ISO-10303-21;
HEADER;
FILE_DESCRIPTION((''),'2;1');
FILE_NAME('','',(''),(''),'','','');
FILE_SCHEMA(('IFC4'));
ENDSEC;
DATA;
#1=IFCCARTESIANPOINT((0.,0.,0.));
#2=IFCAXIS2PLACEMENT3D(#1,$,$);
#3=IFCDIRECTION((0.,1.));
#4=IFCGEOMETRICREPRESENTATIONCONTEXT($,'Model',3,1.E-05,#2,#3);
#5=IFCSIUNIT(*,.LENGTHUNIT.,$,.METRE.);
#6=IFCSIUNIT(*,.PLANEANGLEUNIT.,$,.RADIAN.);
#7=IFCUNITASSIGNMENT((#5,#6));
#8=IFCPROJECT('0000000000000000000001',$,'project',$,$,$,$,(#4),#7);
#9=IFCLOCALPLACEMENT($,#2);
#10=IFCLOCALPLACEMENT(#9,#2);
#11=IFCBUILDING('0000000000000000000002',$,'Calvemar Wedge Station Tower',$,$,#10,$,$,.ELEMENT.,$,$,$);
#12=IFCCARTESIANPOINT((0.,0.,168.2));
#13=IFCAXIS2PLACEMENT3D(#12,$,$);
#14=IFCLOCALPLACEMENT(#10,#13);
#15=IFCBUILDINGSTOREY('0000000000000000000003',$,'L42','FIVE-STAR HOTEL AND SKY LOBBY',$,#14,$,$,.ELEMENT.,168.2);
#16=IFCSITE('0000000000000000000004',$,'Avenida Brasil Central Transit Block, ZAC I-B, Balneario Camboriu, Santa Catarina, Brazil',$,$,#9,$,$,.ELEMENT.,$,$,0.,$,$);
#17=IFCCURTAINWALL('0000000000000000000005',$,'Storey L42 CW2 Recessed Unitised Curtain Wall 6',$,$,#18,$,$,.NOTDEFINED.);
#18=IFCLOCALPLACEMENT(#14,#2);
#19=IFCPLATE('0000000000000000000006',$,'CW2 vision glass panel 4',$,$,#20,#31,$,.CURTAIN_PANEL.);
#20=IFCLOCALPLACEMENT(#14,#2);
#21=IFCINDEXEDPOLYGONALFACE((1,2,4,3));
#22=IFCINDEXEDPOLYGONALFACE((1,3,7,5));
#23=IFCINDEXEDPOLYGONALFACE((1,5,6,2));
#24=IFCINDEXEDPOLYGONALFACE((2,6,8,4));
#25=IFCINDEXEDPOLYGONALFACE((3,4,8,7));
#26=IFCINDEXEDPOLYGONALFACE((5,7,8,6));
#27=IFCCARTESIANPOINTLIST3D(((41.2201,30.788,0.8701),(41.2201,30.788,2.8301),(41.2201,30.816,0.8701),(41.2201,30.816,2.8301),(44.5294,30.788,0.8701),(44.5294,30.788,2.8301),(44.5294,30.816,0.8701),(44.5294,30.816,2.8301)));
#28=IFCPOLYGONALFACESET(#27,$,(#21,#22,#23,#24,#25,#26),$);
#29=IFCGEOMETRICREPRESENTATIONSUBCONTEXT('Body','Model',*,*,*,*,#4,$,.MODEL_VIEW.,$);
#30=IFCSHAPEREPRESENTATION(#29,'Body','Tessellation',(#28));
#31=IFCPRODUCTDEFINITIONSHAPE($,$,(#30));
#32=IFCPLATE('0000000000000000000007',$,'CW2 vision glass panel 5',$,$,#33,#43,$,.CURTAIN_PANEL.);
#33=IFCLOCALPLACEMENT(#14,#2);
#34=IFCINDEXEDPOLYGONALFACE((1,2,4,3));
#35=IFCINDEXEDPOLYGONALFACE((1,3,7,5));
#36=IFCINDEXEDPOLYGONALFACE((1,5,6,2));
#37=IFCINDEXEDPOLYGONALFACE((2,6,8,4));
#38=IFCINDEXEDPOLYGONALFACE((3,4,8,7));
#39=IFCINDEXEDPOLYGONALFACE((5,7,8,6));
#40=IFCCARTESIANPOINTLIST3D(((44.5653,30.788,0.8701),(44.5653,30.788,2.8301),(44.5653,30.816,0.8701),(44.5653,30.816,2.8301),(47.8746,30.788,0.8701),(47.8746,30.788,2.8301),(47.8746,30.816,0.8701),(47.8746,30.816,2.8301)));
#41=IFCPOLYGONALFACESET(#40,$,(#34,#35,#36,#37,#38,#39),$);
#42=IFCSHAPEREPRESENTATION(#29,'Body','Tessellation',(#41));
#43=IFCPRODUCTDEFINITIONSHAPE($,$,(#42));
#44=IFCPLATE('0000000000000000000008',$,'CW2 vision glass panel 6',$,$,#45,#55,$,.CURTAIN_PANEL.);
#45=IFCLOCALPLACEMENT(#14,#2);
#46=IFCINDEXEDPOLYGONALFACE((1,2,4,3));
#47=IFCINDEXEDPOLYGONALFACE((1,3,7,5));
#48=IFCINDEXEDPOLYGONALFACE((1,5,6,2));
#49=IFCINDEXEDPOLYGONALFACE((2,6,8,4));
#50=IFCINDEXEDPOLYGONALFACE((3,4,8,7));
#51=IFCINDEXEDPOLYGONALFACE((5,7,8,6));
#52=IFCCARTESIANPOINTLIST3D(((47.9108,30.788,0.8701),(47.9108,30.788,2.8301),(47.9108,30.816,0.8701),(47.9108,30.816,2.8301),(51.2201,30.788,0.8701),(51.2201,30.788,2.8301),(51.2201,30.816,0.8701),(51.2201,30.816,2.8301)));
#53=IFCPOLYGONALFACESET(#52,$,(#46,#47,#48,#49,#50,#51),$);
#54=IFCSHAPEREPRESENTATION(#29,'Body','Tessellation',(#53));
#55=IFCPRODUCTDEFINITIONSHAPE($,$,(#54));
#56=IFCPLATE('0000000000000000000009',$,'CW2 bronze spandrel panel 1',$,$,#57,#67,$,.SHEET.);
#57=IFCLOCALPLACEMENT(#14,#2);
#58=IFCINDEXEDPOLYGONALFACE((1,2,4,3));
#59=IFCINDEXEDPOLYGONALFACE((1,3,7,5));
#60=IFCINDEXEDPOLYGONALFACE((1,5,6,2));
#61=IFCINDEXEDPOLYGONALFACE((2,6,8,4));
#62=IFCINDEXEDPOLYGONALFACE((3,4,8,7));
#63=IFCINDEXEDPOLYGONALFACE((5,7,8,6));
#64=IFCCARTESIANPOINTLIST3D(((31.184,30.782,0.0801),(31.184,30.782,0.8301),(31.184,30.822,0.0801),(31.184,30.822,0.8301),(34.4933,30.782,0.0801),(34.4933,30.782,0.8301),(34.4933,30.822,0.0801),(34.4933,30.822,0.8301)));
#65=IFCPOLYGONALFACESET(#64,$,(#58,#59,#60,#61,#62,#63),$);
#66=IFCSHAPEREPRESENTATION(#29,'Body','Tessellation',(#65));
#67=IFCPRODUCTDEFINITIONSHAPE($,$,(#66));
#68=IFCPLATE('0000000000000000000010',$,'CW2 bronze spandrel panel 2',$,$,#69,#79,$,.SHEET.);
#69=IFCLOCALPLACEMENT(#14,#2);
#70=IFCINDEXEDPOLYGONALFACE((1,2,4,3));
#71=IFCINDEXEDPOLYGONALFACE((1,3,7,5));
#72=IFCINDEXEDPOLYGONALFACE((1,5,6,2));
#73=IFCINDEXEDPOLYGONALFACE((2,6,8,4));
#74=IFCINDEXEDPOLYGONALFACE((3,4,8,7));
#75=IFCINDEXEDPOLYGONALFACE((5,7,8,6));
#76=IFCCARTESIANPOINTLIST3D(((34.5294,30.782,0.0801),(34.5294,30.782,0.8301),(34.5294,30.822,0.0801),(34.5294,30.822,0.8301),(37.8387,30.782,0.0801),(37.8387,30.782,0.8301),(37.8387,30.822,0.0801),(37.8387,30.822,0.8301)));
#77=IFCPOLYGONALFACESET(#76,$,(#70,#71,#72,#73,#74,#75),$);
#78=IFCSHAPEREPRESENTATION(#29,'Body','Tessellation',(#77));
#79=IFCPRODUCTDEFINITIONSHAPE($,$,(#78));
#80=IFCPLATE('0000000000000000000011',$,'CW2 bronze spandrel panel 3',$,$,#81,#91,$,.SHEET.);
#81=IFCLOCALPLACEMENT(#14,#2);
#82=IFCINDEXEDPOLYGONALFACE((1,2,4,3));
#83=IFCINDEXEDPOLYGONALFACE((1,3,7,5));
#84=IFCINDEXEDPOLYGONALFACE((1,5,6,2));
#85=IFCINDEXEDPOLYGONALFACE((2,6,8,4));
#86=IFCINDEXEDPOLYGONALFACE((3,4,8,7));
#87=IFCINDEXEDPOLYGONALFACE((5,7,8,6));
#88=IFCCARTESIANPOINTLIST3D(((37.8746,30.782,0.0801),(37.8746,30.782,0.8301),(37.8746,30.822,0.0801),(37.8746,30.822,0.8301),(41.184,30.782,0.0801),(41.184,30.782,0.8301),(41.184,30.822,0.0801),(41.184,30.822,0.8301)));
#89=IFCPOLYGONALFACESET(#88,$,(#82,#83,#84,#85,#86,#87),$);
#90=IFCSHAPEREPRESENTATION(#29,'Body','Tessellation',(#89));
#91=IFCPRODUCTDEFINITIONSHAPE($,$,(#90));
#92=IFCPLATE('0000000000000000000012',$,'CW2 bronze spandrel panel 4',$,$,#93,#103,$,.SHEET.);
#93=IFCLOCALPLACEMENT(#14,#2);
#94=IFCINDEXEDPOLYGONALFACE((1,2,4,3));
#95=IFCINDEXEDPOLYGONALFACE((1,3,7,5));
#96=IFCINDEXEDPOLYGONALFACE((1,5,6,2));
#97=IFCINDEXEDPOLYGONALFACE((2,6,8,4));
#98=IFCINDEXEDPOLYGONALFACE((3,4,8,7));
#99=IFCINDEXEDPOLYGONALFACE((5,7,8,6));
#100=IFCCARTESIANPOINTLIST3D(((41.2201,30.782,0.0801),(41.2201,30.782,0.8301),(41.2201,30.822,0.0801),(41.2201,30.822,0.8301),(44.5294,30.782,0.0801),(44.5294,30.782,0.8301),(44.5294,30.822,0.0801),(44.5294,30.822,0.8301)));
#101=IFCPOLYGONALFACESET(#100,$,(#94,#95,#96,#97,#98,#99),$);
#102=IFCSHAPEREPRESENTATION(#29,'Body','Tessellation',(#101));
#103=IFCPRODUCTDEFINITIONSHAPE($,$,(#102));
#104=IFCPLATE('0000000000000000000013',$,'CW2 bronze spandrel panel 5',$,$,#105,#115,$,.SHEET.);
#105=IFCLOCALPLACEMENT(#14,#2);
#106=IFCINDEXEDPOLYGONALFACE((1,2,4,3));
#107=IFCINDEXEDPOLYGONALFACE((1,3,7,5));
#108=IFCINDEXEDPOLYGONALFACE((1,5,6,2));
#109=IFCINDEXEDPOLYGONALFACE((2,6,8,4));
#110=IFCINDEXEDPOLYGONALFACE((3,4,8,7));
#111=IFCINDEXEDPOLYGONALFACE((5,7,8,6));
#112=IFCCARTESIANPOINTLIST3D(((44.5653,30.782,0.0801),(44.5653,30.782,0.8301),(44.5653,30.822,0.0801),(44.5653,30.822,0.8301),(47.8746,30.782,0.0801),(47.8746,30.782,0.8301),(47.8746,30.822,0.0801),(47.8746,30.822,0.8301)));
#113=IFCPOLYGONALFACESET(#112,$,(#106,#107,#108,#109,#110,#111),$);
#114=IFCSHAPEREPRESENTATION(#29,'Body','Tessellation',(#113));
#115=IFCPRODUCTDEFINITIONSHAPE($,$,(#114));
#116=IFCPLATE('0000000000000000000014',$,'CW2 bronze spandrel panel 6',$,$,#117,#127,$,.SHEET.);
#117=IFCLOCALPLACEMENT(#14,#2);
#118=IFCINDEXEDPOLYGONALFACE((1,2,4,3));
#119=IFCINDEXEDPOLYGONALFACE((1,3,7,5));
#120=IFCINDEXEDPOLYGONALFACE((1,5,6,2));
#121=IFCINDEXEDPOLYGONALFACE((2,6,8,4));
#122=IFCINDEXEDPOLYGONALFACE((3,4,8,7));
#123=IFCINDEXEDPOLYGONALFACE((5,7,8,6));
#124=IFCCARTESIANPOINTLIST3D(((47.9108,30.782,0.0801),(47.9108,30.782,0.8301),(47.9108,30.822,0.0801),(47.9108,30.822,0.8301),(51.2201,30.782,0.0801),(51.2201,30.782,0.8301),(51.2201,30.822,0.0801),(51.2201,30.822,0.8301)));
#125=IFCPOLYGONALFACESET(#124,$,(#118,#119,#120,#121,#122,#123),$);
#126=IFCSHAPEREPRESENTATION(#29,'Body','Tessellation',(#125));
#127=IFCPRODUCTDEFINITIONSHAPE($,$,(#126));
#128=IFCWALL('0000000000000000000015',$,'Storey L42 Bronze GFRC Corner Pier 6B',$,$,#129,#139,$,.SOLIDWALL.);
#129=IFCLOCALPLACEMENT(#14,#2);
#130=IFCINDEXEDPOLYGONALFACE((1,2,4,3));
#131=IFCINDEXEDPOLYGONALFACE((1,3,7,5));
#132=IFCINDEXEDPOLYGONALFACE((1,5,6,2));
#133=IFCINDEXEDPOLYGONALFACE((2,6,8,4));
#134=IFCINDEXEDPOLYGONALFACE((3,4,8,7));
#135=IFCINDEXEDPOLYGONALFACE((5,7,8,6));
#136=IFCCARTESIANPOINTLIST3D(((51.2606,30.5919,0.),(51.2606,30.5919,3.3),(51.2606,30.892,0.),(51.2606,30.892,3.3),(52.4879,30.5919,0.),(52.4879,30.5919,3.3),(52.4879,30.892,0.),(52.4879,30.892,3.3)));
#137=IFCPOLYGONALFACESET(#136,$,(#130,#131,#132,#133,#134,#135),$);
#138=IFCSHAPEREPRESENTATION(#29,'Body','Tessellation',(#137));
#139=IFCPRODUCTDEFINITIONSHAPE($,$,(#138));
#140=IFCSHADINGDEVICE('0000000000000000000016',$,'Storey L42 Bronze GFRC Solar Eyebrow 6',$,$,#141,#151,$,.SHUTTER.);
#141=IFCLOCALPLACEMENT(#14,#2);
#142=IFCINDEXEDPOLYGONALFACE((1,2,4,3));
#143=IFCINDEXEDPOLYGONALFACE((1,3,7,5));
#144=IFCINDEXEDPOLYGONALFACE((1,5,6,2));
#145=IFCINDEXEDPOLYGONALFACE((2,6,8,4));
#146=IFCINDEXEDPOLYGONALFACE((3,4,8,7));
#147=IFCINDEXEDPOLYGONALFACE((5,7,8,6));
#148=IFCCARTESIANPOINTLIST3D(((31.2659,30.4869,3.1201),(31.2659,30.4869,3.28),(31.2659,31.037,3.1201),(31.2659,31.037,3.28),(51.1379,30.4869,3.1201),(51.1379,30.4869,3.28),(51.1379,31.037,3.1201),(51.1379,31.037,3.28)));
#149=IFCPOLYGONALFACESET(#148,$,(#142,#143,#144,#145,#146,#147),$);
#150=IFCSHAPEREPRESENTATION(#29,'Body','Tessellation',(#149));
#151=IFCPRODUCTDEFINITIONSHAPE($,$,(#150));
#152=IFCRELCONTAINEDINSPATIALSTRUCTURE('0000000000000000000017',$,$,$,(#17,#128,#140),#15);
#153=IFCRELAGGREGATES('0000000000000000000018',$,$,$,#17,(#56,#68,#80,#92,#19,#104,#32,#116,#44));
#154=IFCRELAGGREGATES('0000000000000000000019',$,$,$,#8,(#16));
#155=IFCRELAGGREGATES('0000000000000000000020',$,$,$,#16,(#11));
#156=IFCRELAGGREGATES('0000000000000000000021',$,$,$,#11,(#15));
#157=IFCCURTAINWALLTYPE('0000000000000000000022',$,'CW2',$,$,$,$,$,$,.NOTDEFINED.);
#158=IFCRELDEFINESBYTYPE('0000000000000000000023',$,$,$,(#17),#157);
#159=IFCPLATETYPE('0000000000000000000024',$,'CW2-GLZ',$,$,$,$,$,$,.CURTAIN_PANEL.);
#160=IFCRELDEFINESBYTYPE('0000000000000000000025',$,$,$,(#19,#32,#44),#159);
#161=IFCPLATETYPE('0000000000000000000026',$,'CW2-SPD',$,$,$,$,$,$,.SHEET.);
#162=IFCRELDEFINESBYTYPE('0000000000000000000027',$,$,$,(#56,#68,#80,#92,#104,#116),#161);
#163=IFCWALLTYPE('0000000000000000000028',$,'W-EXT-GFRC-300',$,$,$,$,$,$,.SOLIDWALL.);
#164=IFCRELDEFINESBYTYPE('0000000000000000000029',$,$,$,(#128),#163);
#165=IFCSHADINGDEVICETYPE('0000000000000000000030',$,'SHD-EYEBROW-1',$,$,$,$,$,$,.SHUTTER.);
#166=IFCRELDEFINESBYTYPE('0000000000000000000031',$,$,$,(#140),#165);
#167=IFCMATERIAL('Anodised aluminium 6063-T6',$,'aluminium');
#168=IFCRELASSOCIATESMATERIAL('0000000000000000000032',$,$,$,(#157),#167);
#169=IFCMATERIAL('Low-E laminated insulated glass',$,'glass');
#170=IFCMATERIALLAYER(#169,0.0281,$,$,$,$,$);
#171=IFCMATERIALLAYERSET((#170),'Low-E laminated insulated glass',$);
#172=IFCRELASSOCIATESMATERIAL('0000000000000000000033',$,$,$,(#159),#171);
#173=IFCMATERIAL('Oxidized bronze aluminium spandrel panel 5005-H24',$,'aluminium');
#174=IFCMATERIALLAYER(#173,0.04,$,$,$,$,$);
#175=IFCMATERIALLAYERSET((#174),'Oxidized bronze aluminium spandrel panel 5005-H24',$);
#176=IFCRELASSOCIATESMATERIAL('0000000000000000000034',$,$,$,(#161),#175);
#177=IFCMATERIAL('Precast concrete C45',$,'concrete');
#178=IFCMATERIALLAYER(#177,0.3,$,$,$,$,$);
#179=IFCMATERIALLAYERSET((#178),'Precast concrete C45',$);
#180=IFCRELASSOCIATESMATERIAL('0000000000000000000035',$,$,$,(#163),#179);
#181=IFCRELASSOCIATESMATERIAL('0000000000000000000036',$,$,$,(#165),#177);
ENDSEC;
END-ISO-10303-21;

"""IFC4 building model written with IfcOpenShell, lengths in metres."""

from ifc_helpers import new_model, si_unit, direction, frame, frame_2d, origin, place, context, subcontext, project, spatial, rectangle, extrude, material, layer, layer_set, type_object, element, aggregate, save


model = new_model("IFC4")

# Units and contexts
model_context = context("Model", 3, precision=1e-05, world=origin(), true_north=direction((0.0, 1.0)))
body_context = subcontext(model_context, "Body", "Model", "MODEL_VIEW")
ifc_project = project(units=[si_unit("LENGTHUNIT", "METRE"), si_unit("PLANEANGLEUNIT", "RADIAN")], contexts=[model_context])

# Site, building, storey
site_placement = place(None, origin())
site = spatial("IfcSite", under=ifc_project, at=site_placement, Name="Avenida Brasil Central Transit Block, ZAC I-B, Balneario Camboriu, Santa Catarina, Brazil", CompositionType="ELEMENT", RefElevation=0.0)
building_placement = place(site_placement, origin())
building = spatial("IfcBuilding", under=site, at=building_placement, Name="Calvemar Wedge Station Tower", CompositionType="ELEMENT")
storey_placement = place(building_placement, frame((0.0, 0.0, 168.2)))
storey = spatial("IfcBuildingStorey", under=building, at=storey_placement, Name="L42", Description="FIVE-STAR HOTEL AND SKY LOBBY", CompositionType="ELEMENT", Elevation=168.2)

# Curtain wall, plates
ifc_material_1 = material(Name="Anodised aluminium 6063-T6", Category="aluminium")
curtain_wall_type = type_object("IfcCurtainWallType", Name="CW2", PredefinedType="NOTDEFINED", material=ifc_material_1)
curtain_wall_placement = place(storey_placement, origin())
curtain_wall = element("IfcCurtainWall", 1, at=curtain_wall_placement, inside=storey, type_object=curtain_wall_type, Name="Storey L42 CW2 Recessed Unitised Curtain Wall 6", PredefinedType="NOTDEFINED")
ifc_material_2 = material(Name="Low-E laminated insulated glass", Category="glass")
ifc_layer_1 = layer(ifc_material_2, 0.0281)
ifc_layer_set_1 = layer_set([ifc_layer_1], Name="Low-E laminated insulated glass")
plate_type_1 = type_object("IfcPlateType", Name="CW2-GLZ", PredefinedType="CURTAIN_PANEL", material=ifc_layer_set_1)
plate_1_placement = place(storey_placement, frame((41.22, 30.802, 0.8701), z_axis=(0.0, 0.0, 1.0), x_axis=(1.0, 0.0, 0.0)))
plate_1 = element("IfcPlate", 2, at=plate_1_placement, type_object=plate_type_1, Name="CW2 vision glass panel 4", PredefinedType="CURTAIN_PANEL", context=body_context, shape_type="SweptSolid", body=[
    extrude(rectangle(XDim=3.3093, YDim=0.0281, at=frame_2d((1.6548, 0.0))), origin(), (0.0, 0.0, 1.0), 1.96),
])
plate_2_placement = place(storey_placement, frame((44.5652, 30.802, 0.8701), z_axis=(0.0, 0.0, 1.0), x_axis=(1.0, 0.0, 0.0)))
plate_2 = element("IfcPlate", 3, at=plate_2_placement, type_object=plate_type_1, Name="CW2 vision glass panel 5", PredefinedType="CURTAIN_PANEL", context=body_context, shape_type="SweptSolid", body=[
    extrude(rectangle(XDim=3.3093, YDim=0.0281, at=frame_2d((1.6548, 0.0))), origin(), (0.0, 0.0, 1.0), 1.96),
])
plate_3_placement = place(storey_placement, frame((47.9106, 30.802, 0.8701), z_axis=(0.0, 0.0, 1.0), x_axis=(1.0, 0.0, 0.0)))
plate_3 = element("IfcPlate", 4, at=plate_3_placement, type_object=plate_type_1, Name="CW2 vision glass panel 6", PredefinedType="CURTAIN_PANEL", context=body_context, shape_type="SweptSolid", body=[
    extrude(rectangle(XDim=3.3093, YDim=0.0281, at=frame_2d((1.6548, 0.0))), origin(), (0.0, 0.0, 1.0), 1.96),
])
ifc_material_3 = material(Name="Oxidized bronze aluminium spandrel panel 5005-H24", Category="aluminium")
ifc_layer_2 = layer(ifc_material_3, 0.04)
ifc_layer_set_2 = layer_set([ifc_layer_2], Name="Oxidized bronze aluminium spandrel panel 5005-H24")
plate_type_2 = type_object("IfcPlateType", Name="CW2-SPD", PredefinedType="SHEET", material=ifc_layer_set_2)
plate_4_placement = place(storey_placement, frame((31.1838, 30.802, 0.0801), z_axis=(0.0, 0.0, 1.0), x_axis=(1.0, 0.0, 0.0)))
plate_4 = element("IfcPlate", 5, at=plate_4_placement, type_object=plate_type_2, Name="CW2 bronze spandrel panel 1", PredefinedType="SHEET", context=body_context, shape_type="SweptSolid", body=[
    extrude(rectangle(XDim=3.3093, YDim=0.04, at=frame_2d((1.6548, 0.0))), origin(), (0.0, 0.0, 1.0), 0.75),
])
plate_5_placement = place(storey_placement, frame((34.5293, 30.802, 0.0801), z_axis=(0.0, 0.0, 1.0), x_axis=(1.0, 0.0, 0.0)))
plate_5 = element("IfcPlate", 6, at=plate_5_placement, type_object=plate_type_2, Name="CW2 bronze spandrel panel 2", PredefinedType="SHEET", context=body_context, shape_type="SweptSolid", body=[
    extrude(rectangle(XDim=3.3093, YDim=0.04, at=frame_2d((1.6548, 0.0))), origin(), (0.0, 0.0, 1.0), 0.75),
])
plate_6_placement = place(storey_placement, frame((37.8745, 30.802, 0.0801), z_axis=(0.0, 0.0, 1.0), x_axis=(1.0, 0.0, 0.0)))
plate_6 = element("IfcPlate", 7, at=plate_6_placement, type_object=plate_type_2, Name="CW2 bronze spandrel panel 3", PredefinedType="SHEET", context=body_context, shape_type="SweptSolid", body=[
    extrude(rectangle(XDim=3.3093, YDim=0.04, at=frame_2d((1.6548, 0.0))), origin(), (0.0, 0.0, 1.0), 0.75),
])
plate_7_placement = place(storey_placement, frame((41.22, 30.802, 0.0801), z_axis=(0.0, 0.0, 1.0), x_axis=(1.0, 0.0, 0.0)))
plate_7 = element("IfcPlate", 8, at=plate_7_placement, type_object=plate_type_2, Name="CW2 bronze spandrel panel 4", PredefinedType="SHEET", context=body_context, shape_type="SweptSolid", body=[
    extrude(rectangle(XDim=3.3093, YDim=0.04, at=frame_2d((1.6548, 0.0))), origin(), (0.0, 0.0, 1.0), 0.75),
])
plate_8_placement = place(storey_placement, frame((44.5652, 30.802, 0.0801), z_axis=(0.0, 0.0, 1.0), x_axis=(1.0, 0.0, 0.0)))
plate_8 = element("IfcPlate", 9, at=plate_8_placement, type_object=plate_type_2, Name="CW2 bronze spandrel panel 5", PredefinedType="SHEET", context=body_context, shape_type="SweptSolid", body=[
    extrude(rectangle(XDim=3.3093, YDim=0.04, at=frame_2d((1.6548, 0.0))), origin(), (0.0, 0.0, 1.0), 0.75),
])
plate_9_placement = place(storey_placement, frame((47.9106, 30.802, 0.0801), z_axis=(0.0, 0.0, 1.0), x_axis=(1.0, 0.0, 0.0)))
plate_9 = element("IfcPlate", 10, at=plate_9_placement, type_object=plate_type_2, Name="CW2 bronze spandrel panel 6", PredefinedType="SHEET", context=body_context, shape_type="SweptSolid", body=[
    extrude(rectangle(XDim=3.3093, YDim=0.04, at=frame_2d((1.6548, 0.0))), origin(), (0.0, 0.0, 1.0), 0.75),
])
aggregate(curtain_wall, [plate_4, plate_5, plate_6, plate_7, plate_1, plate_8, plate_2, plate_9, plate_3])

# Wall
ifc_material_4 = material(Name="Precast concrete C45", Category="concrete")
ifc_layer_3 = layer(ifc_material_4, 0.3)
ifc_layer_set_3 = layer_set([ifc_layer_3], Name="Precast concrete C45")
wall_type = type_object("IfcWallType", Name="W-EXT-GFRC-300", PredefinedType="SOLIDWALL", material=ifc_layer_set_3)
wall_placement = place(storey_placement, frame((51.2605, 30.7419, 0.0), z_axis=(0.0, 0.0, 1.0), x_axis=(1.0, 0.0, 0.0)))
element("IfcWall", 11, at=wall_placement, inside=storey, type_object=wall_type, Name="Storey L42 Bronze GFRC Corner Pier 6B", PredefinedType="SOLIDWALL", context=body_context, shape_type="SweptSolid", body=[
    extrude(rectangle(XDim=1.2273, YDim=0.3, at=frame_2d((0.6138, 0.0))), origin(), (0.0, 0.0, 1.0), 3.3),
])

# Shading device
shading_device_type = type_object("IfcShadingDeviceType", Name="SHD-EYEBROW-1", PredefinedType="SHUTTER", material=ifc_material_4)
shading_device_placement = place(storey_placement, frame((31.2659, 30.762, 3.1201), z_axis=(0.0, 0.0, 1.0), x_axis=(1.0, 0.0, 0.0)))
element("IfcShadingDevice", 12, at=shading_device_placement, inside=storey, type_object=shading_device_type, Name="Storey L42 Bronze GFRC Solar Eyebrow 6", PredefinedType="SHUTTER", context=body_context, shape_type="SweptSolid", body=[
    extrude(rectangle(XDim=19.8721, YDim=0.55, at=frame_2d((9.936, 0.0))), origin(), (0.0, 0.0, 1.0), 0.1599),
])

save(model, "model.ifc")
